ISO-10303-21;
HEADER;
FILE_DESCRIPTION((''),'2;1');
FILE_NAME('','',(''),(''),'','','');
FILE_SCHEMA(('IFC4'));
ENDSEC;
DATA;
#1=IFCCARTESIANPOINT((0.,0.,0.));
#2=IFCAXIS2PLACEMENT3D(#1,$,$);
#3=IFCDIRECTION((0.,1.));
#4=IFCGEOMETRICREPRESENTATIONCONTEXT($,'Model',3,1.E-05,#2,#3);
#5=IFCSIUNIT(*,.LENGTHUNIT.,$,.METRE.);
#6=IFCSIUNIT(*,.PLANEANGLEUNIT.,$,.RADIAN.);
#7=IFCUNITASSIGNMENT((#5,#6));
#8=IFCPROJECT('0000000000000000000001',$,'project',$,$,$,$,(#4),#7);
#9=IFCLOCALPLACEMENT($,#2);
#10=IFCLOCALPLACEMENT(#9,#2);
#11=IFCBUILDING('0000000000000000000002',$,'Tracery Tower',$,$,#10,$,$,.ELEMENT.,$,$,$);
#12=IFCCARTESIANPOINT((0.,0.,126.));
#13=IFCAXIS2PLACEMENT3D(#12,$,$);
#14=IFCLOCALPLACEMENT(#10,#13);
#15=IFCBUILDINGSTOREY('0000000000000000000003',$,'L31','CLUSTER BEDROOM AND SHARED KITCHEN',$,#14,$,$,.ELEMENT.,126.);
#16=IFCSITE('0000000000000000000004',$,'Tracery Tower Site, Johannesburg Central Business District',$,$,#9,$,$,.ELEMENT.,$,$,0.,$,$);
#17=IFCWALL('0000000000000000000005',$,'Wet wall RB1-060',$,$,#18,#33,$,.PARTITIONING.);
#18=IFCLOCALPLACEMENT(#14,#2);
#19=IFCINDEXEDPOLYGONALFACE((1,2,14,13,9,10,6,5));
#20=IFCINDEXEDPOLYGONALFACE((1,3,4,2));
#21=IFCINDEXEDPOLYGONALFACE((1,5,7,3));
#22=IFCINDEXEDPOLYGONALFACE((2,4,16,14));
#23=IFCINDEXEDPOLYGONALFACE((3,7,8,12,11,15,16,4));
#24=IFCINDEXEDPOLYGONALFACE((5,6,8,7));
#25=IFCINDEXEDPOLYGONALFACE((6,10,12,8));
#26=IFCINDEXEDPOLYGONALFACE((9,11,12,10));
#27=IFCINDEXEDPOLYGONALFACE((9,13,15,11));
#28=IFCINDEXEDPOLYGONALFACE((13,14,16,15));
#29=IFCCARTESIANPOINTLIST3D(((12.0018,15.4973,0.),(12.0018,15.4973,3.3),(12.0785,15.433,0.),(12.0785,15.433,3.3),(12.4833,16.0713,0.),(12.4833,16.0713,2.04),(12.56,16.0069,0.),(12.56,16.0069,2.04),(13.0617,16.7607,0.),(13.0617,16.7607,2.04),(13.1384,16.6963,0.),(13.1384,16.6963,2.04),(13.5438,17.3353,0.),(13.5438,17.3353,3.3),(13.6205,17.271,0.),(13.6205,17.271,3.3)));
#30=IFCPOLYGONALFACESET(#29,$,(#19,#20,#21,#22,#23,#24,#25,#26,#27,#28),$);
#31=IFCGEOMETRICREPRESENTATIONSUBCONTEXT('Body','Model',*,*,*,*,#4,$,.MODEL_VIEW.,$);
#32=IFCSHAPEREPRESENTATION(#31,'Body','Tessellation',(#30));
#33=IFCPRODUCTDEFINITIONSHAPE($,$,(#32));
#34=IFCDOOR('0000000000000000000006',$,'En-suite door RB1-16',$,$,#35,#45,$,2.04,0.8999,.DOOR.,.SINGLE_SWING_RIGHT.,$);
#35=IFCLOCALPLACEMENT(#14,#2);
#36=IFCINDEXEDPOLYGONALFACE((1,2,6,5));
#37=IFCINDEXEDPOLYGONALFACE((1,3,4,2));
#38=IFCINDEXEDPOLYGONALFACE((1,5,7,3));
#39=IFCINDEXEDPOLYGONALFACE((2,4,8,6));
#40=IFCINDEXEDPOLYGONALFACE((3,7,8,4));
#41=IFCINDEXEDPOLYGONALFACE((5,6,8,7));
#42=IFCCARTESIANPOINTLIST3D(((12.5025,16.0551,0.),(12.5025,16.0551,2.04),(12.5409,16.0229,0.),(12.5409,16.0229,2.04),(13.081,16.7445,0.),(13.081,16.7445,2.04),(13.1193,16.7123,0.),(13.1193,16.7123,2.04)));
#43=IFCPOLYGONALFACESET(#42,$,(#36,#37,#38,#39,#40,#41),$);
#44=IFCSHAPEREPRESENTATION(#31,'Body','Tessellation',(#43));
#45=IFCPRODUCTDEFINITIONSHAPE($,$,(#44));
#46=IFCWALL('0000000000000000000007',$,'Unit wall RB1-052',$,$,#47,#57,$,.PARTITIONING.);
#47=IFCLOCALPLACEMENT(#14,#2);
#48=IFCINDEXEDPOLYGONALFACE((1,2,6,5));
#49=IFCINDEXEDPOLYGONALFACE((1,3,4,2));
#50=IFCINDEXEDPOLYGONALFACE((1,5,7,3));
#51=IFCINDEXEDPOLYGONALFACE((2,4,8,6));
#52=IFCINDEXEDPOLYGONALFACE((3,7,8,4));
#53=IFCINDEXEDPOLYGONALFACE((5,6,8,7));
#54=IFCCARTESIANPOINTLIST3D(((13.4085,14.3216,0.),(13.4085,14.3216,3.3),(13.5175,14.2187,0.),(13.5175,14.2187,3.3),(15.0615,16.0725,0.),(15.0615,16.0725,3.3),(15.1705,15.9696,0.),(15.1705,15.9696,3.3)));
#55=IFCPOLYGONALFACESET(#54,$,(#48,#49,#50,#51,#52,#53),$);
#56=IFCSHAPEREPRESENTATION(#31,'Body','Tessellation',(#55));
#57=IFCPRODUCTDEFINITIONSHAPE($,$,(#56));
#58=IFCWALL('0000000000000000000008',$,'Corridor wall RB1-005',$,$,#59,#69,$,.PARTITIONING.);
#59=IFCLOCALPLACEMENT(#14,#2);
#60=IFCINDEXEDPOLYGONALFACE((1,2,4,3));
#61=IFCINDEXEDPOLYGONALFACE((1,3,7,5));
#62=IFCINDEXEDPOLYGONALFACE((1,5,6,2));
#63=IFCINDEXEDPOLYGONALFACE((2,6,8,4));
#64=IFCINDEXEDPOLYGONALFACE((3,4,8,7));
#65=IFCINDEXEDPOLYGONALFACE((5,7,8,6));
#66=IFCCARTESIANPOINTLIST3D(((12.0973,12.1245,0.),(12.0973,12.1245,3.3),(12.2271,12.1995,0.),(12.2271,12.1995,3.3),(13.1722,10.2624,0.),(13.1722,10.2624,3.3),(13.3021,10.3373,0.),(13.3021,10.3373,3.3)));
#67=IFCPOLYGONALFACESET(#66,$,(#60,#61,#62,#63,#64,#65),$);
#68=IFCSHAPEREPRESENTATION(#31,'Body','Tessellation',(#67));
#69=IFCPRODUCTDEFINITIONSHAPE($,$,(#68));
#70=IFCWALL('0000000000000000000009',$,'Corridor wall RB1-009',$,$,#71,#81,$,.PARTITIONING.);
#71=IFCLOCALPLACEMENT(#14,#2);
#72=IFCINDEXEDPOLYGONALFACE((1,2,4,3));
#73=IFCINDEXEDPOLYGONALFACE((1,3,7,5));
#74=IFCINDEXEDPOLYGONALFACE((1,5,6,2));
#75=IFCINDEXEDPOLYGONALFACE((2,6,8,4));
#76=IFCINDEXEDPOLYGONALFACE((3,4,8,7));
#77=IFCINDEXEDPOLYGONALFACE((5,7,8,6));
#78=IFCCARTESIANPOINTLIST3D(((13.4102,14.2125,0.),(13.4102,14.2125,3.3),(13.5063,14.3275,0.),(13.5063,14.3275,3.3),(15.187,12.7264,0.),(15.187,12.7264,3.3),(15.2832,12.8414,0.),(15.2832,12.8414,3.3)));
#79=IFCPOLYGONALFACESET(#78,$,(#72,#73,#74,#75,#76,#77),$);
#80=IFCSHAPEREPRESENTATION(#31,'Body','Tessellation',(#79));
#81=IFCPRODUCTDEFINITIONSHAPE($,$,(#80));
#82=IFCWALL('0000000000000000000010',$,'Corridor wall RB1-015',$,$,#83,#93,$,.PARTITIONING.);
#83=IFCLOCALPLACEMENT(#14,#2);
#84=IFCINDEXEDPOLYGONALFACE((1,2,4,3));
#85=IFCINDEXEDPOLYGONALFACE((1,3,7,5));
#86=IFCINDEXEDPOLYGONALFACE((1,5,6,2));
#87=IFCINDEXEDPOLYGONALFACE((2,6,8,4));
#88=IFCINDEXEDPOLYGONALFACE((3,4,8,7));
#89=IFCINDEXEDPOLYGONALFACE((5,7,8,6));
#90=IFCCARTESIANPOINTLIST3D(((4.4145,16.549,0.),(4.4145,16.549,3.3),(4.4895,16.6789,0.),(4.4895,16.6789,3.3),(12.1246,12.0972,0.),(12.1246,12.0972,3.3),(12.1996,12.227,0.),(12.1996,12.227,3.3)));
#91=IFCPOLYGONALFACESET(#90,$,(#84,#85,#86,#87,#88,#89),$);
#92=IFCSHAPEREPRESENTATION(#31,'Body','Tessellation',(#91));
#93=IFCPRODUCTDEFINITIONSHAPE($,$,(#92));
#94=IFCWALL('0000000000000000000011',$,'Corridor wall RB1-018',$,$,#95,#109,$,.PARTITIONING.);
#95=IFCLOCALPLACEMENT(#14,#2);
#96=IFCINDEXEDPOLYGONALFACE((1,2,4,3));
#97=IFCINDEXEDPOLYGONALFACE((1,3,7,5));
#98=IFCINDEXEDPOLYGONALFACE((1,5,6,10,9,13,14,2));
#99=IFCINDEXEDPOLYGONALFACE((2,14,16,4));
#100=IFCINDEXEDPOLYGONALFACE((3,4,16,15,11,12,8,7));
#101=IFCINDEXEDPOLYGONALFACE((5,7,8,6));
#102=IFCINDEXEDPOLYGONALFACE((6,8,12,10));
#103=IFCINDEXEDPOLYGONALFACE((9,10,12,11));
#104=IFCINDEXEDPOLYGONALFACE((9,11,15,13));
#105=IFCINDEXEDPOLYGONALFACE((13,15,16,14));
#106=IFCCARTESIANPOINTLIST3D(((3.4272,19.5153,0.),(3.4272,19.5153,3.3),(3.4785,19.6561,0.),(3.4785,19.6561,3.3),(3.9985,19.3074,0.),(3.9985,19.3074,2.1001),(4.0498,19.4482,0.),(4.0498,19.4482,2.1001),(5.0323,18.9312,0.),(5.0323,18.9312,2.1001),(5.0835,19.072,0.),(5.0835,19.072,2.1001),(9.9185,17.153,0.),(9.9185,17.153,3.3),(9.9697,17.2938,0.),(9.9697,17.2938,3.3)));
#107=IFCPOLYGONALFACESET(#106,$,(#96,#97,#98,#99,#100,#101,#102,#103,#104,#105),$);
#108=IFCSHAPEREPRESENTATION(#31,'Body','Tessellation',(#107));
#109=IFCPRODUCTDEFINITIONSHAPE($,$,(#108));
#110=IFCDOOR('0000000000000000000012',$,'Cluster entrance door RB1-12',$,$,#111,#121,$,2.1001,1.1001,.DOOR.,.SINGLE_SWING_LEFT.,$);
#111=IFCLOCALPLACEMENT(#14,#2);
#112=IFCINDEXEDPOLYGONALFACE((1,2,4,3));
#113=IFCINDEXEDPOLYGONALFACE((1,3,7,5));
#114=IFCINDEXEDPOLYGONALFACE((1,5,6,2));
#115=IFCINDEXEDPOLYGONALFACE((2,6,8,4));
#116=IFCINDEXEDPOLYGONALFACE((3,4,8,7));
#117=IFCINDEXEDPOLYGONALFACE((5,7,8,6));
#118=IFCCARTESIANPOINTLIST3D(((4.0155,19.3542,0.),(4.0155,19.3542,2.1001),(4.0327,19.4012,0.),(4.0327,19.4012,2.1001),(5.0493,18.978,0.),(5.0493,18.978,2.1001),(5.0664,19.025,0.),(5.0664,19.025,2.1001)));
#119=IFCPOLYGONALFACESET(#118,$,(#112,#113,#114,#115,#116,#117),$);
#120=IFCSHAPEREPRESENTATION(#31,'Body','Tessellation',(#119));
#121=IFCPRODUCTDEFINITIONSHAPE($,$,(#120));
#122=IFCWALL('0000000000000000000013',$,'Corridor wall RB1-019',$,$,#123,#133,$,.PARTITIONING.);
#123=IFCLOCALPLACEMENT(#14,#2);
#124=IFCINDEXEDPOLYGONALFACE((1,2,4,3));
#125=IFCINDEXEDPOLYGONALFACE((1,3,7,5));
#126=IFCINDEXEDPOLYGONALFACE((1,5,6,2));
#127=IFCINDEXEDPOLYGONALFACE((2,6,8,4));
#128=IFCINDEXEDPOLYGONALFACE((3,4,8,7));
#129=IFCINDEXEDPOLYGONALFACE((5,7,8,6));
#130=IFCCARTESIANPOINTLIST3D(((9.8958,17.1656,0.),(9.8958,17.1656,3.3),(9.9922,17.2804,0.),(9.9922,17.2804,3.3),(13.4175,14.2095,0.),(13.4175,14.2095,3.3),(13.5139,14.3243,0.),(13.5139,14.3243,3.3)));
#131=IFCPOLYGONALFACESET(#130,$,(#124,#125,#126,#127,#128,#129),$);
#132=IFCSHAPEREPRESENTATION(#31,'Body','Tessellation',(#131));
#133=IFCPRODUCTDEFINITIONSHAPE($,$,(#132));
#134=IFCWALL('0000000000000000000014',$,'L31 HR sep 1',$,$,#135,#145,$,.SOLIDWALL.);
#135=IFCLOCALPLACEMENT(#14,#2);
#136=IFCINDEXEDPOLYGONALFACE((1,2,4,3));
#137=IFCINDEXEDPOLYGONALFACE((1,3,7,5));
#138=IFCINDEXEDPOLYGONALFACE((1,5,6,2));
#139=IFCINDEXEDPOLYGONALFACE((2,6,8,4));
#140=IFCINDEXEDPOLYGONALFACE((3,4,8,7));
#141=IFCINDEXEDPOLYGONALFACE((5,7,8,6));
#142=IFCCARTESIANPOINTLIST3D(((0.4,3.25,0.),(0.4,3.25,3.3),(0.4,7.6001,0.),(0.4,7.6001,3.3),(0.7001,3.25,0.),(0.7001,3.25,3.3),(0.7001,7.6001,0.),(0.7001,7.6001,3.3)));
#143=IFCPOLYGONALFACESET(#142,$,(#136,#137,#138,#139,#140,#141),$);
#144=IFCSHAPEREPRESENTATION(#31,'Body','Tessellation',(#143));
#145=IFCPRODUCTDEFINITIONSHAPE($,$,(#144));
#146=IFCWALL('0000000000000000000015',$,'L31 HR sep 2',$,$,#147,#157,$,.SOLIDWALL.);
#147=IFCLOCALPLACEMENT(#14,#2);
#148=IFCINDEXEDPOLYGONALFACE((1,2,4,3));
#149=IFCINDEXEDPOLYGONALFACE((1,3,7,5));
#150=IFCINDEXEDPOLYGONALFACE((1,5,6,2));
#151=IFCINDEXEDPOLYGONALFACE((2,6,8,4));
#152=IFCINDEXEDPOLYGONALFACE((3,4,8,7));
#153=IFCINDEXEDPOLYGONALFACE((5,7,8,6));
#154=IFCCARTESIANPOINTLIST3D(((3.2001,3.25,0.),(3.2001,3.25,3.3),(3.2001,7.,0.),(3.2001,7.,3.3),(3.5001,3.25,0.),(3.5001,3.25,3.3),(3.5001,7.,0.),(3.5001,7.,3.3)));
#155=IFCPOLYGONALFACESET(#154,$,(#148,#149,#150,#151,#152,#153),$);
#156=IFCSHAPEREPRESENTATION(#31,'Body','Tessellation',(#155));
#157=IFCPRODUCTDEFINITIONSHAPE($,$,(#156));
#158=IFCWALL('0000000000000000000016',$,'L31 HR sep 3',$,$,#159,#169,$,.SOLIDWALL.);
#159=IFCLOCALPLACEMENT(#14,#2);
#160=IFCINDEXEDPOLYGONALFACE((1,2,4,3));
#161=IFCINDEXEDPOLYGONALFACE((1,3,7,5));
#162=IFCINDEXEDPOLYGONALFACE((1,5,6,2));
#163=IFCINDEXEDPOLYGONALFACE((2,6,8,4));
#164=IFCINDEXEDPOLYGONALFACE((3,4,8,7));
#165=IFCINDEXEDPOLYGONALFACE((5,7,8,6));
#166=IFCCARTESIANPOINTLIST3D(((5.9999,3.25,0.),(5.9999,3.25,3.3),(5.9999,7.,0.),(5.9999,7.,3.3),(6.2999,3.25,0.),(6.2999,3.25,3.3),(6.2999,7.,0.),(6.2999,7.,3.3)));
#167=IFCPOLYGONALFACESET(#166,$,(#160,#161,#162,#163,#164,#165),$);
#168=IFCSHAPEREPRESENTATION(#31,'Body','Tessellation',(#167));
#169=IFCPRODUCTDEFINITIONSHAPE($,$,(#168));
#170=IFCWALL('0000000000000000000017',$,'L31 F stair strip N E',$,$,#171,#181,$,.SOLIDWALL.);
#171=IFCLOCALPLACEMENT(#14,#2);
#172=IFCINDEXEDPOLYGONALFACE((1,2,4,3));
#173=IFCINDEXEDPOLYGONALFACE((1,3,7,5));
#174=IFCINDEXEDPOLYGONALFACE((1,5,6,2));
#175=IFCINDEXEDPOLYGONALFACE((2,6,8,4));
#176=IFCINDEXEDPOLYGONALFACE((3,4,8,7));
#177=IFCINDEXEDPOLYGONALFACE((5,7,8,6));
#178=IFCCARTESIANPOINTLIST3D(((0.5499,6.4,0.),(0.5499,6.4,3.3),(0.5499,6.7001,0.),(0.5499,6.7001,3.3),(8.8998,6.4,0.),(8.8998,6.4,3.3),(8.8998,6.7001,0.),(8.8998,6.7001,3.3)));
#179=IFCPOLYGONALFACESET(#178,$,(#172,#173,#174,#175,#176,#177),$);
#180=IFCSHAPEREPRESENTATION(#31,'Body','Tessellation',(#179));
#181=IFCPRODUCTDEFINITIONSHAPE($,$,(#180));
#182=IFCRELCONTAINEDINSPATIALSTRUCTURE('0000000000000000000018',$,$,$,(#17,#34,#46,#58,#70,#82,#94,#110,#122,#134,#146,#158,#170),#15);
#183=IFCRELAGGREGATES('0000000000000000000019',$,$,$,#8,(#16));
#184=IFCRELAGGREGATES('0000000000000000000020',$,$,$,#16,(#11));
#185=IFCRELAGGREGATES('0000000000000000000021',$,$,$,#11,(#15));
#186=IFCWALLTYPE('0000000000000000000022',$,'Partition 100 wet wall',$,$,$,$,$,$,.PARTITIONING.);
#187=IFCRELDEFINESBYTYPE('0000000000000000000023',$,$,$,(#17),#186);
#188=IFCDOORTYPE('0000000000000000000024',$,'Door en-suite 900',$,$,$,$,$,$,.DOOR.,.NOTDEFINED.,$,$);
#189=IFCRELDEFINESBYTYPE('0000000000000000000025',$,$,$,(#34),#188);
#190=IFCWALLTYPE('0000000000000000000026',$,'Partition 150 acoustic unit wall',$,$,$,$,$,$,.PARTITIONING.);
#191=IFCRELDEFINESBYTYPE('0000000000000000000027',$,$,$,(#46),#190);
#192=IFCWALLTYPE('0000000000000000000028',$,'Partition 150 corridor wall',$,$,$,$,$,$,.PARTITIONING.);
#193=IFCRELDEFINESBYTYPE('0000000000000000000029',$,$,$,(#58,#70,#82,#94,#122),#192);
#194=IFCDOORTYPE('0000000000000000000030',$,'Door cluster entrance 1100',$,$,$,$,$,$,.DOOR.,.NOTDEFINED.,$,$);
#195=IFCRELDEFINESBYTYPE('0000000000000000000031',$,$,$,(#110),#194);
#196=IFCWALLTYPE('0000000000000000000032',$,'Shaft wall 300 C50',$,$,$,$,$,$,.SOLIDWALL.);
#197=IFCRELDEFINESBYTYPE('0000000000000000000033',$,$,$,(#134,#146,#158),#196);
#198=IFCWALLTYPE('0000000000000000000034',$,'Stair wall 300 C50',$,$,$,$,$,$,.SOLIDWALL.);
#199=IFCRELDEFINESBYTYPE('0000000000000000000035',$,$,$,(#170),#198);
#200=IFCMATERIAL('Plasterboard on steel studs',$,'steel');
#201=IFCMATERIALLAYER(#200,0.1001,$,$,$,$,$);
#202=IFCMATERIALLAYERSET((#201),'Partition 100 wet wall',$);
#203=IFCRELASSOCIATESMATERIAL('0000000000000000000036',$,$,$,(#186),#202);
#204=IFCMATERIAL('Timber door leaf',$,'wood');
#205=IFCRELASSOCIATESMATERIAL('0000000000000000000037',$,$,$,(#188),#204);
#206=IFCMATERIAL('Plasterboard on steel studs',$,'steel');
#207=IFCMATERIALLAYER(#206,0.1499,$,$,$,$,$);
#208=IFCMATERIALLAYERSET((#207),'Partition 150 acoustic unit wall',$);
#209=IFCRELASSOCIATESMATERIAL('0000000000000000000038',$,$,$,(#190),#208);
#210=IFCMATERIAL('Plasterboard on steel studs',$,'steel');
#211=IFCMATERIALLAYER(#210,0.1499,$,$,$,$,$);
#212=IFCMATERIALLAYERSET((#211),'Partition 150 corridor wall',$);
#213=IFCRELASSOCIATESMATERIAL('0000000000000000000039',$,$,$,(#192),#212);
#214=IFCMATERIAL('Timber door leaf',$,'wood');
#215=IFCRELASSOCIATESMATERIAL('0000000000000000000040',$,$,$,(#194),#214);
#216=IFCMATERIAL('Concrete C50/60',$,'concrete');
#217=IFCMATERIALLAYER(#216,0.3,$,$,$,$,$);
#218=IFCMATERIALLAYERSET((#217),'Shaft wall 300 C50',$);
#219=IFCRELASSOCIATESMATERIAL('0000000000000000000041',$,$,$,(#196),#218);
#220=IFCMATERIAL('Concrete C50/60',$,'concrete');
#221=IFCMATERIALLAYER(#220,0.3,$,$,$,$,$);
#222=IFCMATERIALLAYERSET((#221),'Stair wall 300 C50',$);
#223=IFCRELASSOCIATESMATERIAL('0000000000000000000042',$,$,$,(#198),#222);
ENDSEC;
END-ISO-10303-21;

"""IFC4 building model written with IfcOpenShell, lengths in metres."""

from ifc_helpers import new_model, si_unit, direction, frame, frame_2d, origin, place, context, subcontext, project, spatial, rectangle, extrude, material, layer, layer_set, type_object, element, fill, save


model = new_model("IFC4")

# Units and contexts
model_context = context("Model", 3, precision=1e-05, world=origin(), true_north=direction((0.0, 1.0)))
body_context = subcontext(model_context, "Body", "Model", "MODEL_VIEW")
ifc_project = project(units=[si_unit("LENGTHUNIT", "METRE"), si_unit("PLANEANGLEUNIT", "RADIAN")], contexts=[model_context])

# Site, building, storey
site_placement = place(None, origin())
site = spatial("IfcSite", under=ifc_project, at=site_placement, Name="Tracery Tower Site, Johannesburg Central Business District", CompositionType="ELEMENT", RefElevation=0.0)
building_placement = place(site_placement, origin())
building = spatial("IfcBuilding", under=site, at=building_placement, Name="Tracery Tower", CompositionType="ELEMENT")
storey_placement = place(building_placement, frame((0.0, 0.0, 126.0)))
storey = spatial("IfcBuildingStorey", under=building, at=storey_placement, Name="L31", Description="CLUSTER BEDROOM AND SHARED KITCHEN", CompositionType="ELEMENT", Elevation=126.0)

# Shared definitions
ifc_material_1 = material(Name="Plasterboard on steel studs", Category="steel")
ifc_layer_1 = layer(ifc_material_1, 0.1001)
ifc_layer_set_1 = layer_set([ifc_layer_1], Name="Partition 100 wet wall")
wall_type_1 = type_object("IfcWallType", Name="Partition 100 wet wall", PredefinedType="PARTITIONING", material=ifc_layer_set_1)
ifc_material_2 = material(Name="Timber door leaf", Category="wood")
door_type_1 = type_object("IfcDoorType", Name="Door en-suite 900", OperationType="NOTDEFINED", PredefinedType="DOOR", material=ifc_material_2)

# Wall, opening, door
wall_1_placement = place(storey_placement, frame((12.04, 15.4651, 0.0), z_axis=(0.0, 0.0, 1.0), x_axis=(0.642743, 0.766082, 0.0)))
wall_1 = element("IfcWall", 1, at=wall_1_placement, inside=storey, type_object=wall_type_1, Name="Wet wall RB1-060", PredefinedType="PARTITIONING", context=body_context, shape_type="SweptSolid", body=[
    extrude(rectangle(XDim=2.3992, YDim=0.1001, at=frame_2d((1.1997, 0.0))), origin(), (0.0, 0.0, 1.0), 3.3),
])
opening_1_placement = place(wall_1_placement, frame((0.7493, 0.0, 0.0)))
opening_1 = element("IfcOpeningElement", 2, at=opening_1_placement, cuts=wall_1, PredefinedType="OPENING", context=body_context, shape_type="SweptSolid", body=[
    extrude(rectangle(XDim=0.8999, YDim=2.04, at=frame_2d((0.45, 1.02))), frame((0.0, 0.05, 0.0), z_axis=(0.0, -1.0, 0.0), x_axis=(1.0, 0.0, 0.0)), (0.0, 0.0, 1.0), 0.1001),
])
door_1_placement = place(opening_1_placement, origin())
door_1 = element("IfcDoor", 3, at=door_1_placement, inside=storey, type_object=door_type_1, Name="En-suite door RB1-16", OperationType="SINGLE_SWING_RIGHT", OverallHeight=2.04, OverallWidth=0.8999, PredefinedType="DOOR", context=body_context, shape_type="SweptSolid", body=[
    extrude(rectangle(XDim=0.8999, YDim=2.04, at=frame_2d((0.45, 1.02))), frame((0.0, 0.0249, 0.0), z_axis=(0.0, -1.0, 0.0), x_axis=(1.0, 0.0, 0.0)), (0.0, 0.0, 1.0), 0.05),
])
fill(opening_1, door_1)

# Walls
ifc_material_3 = material(Name="Plasterboard on steel studs", Category="steel")
ifc_layer_2 = layer(ifc_material_3, 0.1499)
ifc_layer_set_2 = layer_set([ifc_layer_2], Name="Partition 150 acoustic unit wall")
wall_type_2 = type_object("IfcWallType", Name="Partition 150 acoustic unit wall", PredefinedType="PARTITIONING", material=ifc_layer_set_2)
wall_2_placement = place(storey_placement, frame((13.4629, 14.27, 0.0), z_axis=(0.0, 0.0, 1.0), x_axis=(0.686487, 0.727142, 0.0)))
element("IfcWall", 4, at=wall_2_placement, inside=storey, type_object=wall_type_2, Name="Unit wall RB1-052", PredefinedType="PARTITIONING", context=body_context, shape_type="SweptSolid", body=[
    extrude(rectangle(XDim=2.408, YDim=0.1499, at=frame_2d((1.2041, 0.0))), origin(), (0.0, 0.0, 1.0), 3.3),
])
ifc_material_4 = material(Name="Plasterboard on steel studs", Category="steel")
ifc_layer_3 = layer(ifc_material_4, 0.1499)
ifc_layer_set_3 = layer_set([ifc_layer_3], Name="Partition 150 corridor wall")
wall_type_3 = type_object("IfcWallType", Name="Partition 150 corridor wall", PredefinedType="PARTITIONING", material=ifc_layer_set_3)
wall_3_placement = place(storey_placement, frame((12.1621, 12.1621, 0.0), z_axis=(0.0, 0.0, 1.0), x_axis=(0.499962, -0.866048, 0.0)))
element("IfcWall", 5, at=wall_3_placement, inside=storey, type_object=wall_type_3, Name="Corridor wall RB1-005", PredefinedType="PARTITIONING", context=body_context, shape_type="SweptSolid", body=[
    extrude(rectangle(XDim=2.1501, YDim=0.1499, at=frame_2d((1.0752, 0.0))), origin(), (0.0, 0.0, 1.0), 3.3),
])
wall_4_placement = place(storey_placement, frame((13.4583, 14.27, 0.0), z_axis=(0.0, 0.0, 1.0), x_axis=(0.76708, -0.641552, 0.0)))
element("IfcWall", 6, at=wall_4_placement, inside=storey, type_object=wall_type_3, Name="Corridor wall RB1-009", PredefinedType="PARTITIONING", context=body_context, shape_type="SweptSolid", body=[
    extrude(rectangle(XDim=2.3164, YDim=0.1499, at=frame_2d((1.1582, 0.0))), origin(), (0.0, 0.0, 1.0), 3.3),
])
wall_5_placement = place(storey_placement, frame((4.4519, 16.614, 0.0), z_axis=(0.0, 0.0, 1.0), x_axis=(0.866005, -0.500035, 0.0)))
element("IfcWall", 7, at=wall_5_placement, inside=storey, type_object=wall_type_3, Name="Corridor wall RB1-015", PredefinedType="PARTITIONING", context=body_context, shape_type="SweptSolid", body=[
    extrude(rectangle(XDim=8.9031, YDim=0.1499, at=frame_2d((4.4517, 0.0))), origin(), (0.0, 0.0, 1.0), 3.3),
])

# Wall, opening, door
wall_6_placement = place(storey_placement, frame((3.4529, 19.5857, 0.0), z_axis=(0.0, 0.0, 1.0), x_axis=(0.939707, -0.341981, 0.0)))
wall_6 = element("IfcWall", 8, at=wall_6_placement, inside=storey, type_object=wall_type_3, Name="Corridor wall RB1-018", PredefinedType="PARTITIONING", context=body_context, shape_type="SweptSolid", body=[
    extrude(rectangle(XDim=6.9077, YDim=0.1499, at=frame_2d((3.4539, 0.0))), origin(), (0.0, 0.0, 1.0), 3.3),
])
opening_2_placement = place(wall_6_placement, frame((0.6079, 0.0, 0.0)))
opening_2 = element("IfcOpeningElement", 9, at=opening_2_placement, cuts=wall_6, PredefinedType="OPENING", context=body_context, shape_type="SweptSolid", body=[
    extrude(rectangle(XDim=1.1001, YDim=2.1001, at=frame_2d((0.55, 1.05))), frame((0.0, 0.075, 0.0), z_axis=(0.0, -1.0, 0.0), x_axis=(1.0, 0.0, 0.0)), (0.0, 0.0, 1.0), 0.1499),
])
ifc_material_5 = material(Name="Timber door leaf", Category="wood")
door_type_2 = type_object("IfcDoorType", Name="Door cluster entrance 1100", OperationType="NOTDEFINED", PredefinedType="DOOR", material=ifc_material_5)
door_2_placement = place(opening_2_placement, origin())
door_2 = element("IfcDoor", 10, at=door_2_placement, inside=storey, type_object=door_type_2, Name="Cluster entrance door RB1-12", OperationType="SINGLE_SWING_LEFT", OverallHeight=2.1001, OverallWidth=1.1001, PredefinedType="DOOR", context=body_context, shape_type="SweptSolid", body=[
    extrude(rectangle(XDim=1.1001, YDim=2.1001, at=frame_2d((0.55, 1.05))), frame((0.0, 0.0249, 0.0), z_axis=(0.0, -1.0, 0.0), x_axis=(1.0, 0.0, 0.0)), (0.0, 0.0, 1.0), 0.05),
])
fill(opening_2, door_2)

# Walls
wall_7_placement = place(storey_placement, frame((9.9441, 17.2229, 0.0), z_axis=(0.0, 0.0, 1.0), x_axis=(0.76594, -0.642912, 0.0)))
element("IfcWall", 11, at=wall_7_placement, inside=storey, type_object=wall_type_3, Name="Corridor wall RB1-019", PredefinedType="PARTITIONING", context=body_context, shape_type="SweptSolid", body=[
    extrude(rectangle(XDim=4.5979, YDim=0.1499, at=frame_2d((2.2988, 0.0))), origin(), (0.0, 0.0, 1.0), 3.3),
])
ifc_material_6 = material(Name="Concrete C50/60", Category="concrete")
ifc_layer_4 = layer(ifc_material_6, 0.3)
ifc_layer_set_4 = layer_set([ifc_layer_4], Name="Shaft wall 300 C50")
wall_type_4 = type_object("IfcWallType", Name="Shaft wall 300 C50", PredefinedType="SOLIDWALL", material=ifc_layer_set_4)
wall_8_placement = place(storey_placement, frame((0.55, 3.25, 0.0), z_axis=(0.0, 0.0, 1.0), x_axis=(0.0, 1.0, 0.0)))
element("IfcWall", 12, at=wall_8_placement, inside=storey, type_object=wall_type_4, Name="L31 HR sep 1", PredefinedType="SOLIDWALL", context=body_context, shape_type="SweptSolid", body=[
    extrude(rectangle(XDim=4.3501, YDim=0.3, at=frame_2d((2.175, 0.0))), origin(), (0.0, 0.0, 1.0), 3.3),
])
for number, where, z_axis, x_axis, name in (
    (13, (3.3501, 3.25, 0.0), (0.0, 0.0, 1.0), (0.0, 1.0, 0.0), "L31 HR sep 2"),
    (14, (6.1499, 3.25, 0.0), (0.0, 0.0, 1.0), (0.0, 1.0, 0.0), "L31 HR sep 3"),
):
    element("IfcWall", number, at=place(storey_placement, frame(where, z_axis=z_axis, x_axis=x_axis)), inside=storey, type_object=wall_type_4, Name=name, PredefinedType="SOLIDWALL", context=body_context, shape_type="SweptSolid", body=[
        extrude(rectangle(XDim=3.75, YDim=0.3, at=frame_2d((1.875, 0.0))), origin(), (0.0, 0.0, 1.0), 3.3),
    ])

# Wall
ifc_material_7 = material(Name="Concrete C50/60", Category="concrete")
ifc_layer_5 = layer(ifc_material_7, 0.3)
ifc_layer_set_5 = layer_set([ifc_layer_5], Name="Stair wall 300 C50")
wall_type_5 = type_object("IfcWallType", Name="Stair wall 300 C50", PredefinedType="SOLIDWALL", material=ifc_layer_set_5)
wall_9_placement = place(storey_placement, frame((0.55, 6.55, 0.0), z_axis=(0.0, 0.0, 1.0), x_axis=(1.0, 0.0, 0.0)))
element("IfcWall", 15, at=wall_9_placement, inside=storey, type_object=wall_type_5, Name="L31 F stair strip N E", PredefinedType="SOLIDWALL", context=body_context, shape_type="SweptSolid", body=[
    extrude(rectangle(XDim=8.3499, YDim=0.3, at=frame_2d((4.1748, 0.0))), origin(), (0.0, 0.0, 1.0), 3.3),
])

save(model, "model.ifc")
